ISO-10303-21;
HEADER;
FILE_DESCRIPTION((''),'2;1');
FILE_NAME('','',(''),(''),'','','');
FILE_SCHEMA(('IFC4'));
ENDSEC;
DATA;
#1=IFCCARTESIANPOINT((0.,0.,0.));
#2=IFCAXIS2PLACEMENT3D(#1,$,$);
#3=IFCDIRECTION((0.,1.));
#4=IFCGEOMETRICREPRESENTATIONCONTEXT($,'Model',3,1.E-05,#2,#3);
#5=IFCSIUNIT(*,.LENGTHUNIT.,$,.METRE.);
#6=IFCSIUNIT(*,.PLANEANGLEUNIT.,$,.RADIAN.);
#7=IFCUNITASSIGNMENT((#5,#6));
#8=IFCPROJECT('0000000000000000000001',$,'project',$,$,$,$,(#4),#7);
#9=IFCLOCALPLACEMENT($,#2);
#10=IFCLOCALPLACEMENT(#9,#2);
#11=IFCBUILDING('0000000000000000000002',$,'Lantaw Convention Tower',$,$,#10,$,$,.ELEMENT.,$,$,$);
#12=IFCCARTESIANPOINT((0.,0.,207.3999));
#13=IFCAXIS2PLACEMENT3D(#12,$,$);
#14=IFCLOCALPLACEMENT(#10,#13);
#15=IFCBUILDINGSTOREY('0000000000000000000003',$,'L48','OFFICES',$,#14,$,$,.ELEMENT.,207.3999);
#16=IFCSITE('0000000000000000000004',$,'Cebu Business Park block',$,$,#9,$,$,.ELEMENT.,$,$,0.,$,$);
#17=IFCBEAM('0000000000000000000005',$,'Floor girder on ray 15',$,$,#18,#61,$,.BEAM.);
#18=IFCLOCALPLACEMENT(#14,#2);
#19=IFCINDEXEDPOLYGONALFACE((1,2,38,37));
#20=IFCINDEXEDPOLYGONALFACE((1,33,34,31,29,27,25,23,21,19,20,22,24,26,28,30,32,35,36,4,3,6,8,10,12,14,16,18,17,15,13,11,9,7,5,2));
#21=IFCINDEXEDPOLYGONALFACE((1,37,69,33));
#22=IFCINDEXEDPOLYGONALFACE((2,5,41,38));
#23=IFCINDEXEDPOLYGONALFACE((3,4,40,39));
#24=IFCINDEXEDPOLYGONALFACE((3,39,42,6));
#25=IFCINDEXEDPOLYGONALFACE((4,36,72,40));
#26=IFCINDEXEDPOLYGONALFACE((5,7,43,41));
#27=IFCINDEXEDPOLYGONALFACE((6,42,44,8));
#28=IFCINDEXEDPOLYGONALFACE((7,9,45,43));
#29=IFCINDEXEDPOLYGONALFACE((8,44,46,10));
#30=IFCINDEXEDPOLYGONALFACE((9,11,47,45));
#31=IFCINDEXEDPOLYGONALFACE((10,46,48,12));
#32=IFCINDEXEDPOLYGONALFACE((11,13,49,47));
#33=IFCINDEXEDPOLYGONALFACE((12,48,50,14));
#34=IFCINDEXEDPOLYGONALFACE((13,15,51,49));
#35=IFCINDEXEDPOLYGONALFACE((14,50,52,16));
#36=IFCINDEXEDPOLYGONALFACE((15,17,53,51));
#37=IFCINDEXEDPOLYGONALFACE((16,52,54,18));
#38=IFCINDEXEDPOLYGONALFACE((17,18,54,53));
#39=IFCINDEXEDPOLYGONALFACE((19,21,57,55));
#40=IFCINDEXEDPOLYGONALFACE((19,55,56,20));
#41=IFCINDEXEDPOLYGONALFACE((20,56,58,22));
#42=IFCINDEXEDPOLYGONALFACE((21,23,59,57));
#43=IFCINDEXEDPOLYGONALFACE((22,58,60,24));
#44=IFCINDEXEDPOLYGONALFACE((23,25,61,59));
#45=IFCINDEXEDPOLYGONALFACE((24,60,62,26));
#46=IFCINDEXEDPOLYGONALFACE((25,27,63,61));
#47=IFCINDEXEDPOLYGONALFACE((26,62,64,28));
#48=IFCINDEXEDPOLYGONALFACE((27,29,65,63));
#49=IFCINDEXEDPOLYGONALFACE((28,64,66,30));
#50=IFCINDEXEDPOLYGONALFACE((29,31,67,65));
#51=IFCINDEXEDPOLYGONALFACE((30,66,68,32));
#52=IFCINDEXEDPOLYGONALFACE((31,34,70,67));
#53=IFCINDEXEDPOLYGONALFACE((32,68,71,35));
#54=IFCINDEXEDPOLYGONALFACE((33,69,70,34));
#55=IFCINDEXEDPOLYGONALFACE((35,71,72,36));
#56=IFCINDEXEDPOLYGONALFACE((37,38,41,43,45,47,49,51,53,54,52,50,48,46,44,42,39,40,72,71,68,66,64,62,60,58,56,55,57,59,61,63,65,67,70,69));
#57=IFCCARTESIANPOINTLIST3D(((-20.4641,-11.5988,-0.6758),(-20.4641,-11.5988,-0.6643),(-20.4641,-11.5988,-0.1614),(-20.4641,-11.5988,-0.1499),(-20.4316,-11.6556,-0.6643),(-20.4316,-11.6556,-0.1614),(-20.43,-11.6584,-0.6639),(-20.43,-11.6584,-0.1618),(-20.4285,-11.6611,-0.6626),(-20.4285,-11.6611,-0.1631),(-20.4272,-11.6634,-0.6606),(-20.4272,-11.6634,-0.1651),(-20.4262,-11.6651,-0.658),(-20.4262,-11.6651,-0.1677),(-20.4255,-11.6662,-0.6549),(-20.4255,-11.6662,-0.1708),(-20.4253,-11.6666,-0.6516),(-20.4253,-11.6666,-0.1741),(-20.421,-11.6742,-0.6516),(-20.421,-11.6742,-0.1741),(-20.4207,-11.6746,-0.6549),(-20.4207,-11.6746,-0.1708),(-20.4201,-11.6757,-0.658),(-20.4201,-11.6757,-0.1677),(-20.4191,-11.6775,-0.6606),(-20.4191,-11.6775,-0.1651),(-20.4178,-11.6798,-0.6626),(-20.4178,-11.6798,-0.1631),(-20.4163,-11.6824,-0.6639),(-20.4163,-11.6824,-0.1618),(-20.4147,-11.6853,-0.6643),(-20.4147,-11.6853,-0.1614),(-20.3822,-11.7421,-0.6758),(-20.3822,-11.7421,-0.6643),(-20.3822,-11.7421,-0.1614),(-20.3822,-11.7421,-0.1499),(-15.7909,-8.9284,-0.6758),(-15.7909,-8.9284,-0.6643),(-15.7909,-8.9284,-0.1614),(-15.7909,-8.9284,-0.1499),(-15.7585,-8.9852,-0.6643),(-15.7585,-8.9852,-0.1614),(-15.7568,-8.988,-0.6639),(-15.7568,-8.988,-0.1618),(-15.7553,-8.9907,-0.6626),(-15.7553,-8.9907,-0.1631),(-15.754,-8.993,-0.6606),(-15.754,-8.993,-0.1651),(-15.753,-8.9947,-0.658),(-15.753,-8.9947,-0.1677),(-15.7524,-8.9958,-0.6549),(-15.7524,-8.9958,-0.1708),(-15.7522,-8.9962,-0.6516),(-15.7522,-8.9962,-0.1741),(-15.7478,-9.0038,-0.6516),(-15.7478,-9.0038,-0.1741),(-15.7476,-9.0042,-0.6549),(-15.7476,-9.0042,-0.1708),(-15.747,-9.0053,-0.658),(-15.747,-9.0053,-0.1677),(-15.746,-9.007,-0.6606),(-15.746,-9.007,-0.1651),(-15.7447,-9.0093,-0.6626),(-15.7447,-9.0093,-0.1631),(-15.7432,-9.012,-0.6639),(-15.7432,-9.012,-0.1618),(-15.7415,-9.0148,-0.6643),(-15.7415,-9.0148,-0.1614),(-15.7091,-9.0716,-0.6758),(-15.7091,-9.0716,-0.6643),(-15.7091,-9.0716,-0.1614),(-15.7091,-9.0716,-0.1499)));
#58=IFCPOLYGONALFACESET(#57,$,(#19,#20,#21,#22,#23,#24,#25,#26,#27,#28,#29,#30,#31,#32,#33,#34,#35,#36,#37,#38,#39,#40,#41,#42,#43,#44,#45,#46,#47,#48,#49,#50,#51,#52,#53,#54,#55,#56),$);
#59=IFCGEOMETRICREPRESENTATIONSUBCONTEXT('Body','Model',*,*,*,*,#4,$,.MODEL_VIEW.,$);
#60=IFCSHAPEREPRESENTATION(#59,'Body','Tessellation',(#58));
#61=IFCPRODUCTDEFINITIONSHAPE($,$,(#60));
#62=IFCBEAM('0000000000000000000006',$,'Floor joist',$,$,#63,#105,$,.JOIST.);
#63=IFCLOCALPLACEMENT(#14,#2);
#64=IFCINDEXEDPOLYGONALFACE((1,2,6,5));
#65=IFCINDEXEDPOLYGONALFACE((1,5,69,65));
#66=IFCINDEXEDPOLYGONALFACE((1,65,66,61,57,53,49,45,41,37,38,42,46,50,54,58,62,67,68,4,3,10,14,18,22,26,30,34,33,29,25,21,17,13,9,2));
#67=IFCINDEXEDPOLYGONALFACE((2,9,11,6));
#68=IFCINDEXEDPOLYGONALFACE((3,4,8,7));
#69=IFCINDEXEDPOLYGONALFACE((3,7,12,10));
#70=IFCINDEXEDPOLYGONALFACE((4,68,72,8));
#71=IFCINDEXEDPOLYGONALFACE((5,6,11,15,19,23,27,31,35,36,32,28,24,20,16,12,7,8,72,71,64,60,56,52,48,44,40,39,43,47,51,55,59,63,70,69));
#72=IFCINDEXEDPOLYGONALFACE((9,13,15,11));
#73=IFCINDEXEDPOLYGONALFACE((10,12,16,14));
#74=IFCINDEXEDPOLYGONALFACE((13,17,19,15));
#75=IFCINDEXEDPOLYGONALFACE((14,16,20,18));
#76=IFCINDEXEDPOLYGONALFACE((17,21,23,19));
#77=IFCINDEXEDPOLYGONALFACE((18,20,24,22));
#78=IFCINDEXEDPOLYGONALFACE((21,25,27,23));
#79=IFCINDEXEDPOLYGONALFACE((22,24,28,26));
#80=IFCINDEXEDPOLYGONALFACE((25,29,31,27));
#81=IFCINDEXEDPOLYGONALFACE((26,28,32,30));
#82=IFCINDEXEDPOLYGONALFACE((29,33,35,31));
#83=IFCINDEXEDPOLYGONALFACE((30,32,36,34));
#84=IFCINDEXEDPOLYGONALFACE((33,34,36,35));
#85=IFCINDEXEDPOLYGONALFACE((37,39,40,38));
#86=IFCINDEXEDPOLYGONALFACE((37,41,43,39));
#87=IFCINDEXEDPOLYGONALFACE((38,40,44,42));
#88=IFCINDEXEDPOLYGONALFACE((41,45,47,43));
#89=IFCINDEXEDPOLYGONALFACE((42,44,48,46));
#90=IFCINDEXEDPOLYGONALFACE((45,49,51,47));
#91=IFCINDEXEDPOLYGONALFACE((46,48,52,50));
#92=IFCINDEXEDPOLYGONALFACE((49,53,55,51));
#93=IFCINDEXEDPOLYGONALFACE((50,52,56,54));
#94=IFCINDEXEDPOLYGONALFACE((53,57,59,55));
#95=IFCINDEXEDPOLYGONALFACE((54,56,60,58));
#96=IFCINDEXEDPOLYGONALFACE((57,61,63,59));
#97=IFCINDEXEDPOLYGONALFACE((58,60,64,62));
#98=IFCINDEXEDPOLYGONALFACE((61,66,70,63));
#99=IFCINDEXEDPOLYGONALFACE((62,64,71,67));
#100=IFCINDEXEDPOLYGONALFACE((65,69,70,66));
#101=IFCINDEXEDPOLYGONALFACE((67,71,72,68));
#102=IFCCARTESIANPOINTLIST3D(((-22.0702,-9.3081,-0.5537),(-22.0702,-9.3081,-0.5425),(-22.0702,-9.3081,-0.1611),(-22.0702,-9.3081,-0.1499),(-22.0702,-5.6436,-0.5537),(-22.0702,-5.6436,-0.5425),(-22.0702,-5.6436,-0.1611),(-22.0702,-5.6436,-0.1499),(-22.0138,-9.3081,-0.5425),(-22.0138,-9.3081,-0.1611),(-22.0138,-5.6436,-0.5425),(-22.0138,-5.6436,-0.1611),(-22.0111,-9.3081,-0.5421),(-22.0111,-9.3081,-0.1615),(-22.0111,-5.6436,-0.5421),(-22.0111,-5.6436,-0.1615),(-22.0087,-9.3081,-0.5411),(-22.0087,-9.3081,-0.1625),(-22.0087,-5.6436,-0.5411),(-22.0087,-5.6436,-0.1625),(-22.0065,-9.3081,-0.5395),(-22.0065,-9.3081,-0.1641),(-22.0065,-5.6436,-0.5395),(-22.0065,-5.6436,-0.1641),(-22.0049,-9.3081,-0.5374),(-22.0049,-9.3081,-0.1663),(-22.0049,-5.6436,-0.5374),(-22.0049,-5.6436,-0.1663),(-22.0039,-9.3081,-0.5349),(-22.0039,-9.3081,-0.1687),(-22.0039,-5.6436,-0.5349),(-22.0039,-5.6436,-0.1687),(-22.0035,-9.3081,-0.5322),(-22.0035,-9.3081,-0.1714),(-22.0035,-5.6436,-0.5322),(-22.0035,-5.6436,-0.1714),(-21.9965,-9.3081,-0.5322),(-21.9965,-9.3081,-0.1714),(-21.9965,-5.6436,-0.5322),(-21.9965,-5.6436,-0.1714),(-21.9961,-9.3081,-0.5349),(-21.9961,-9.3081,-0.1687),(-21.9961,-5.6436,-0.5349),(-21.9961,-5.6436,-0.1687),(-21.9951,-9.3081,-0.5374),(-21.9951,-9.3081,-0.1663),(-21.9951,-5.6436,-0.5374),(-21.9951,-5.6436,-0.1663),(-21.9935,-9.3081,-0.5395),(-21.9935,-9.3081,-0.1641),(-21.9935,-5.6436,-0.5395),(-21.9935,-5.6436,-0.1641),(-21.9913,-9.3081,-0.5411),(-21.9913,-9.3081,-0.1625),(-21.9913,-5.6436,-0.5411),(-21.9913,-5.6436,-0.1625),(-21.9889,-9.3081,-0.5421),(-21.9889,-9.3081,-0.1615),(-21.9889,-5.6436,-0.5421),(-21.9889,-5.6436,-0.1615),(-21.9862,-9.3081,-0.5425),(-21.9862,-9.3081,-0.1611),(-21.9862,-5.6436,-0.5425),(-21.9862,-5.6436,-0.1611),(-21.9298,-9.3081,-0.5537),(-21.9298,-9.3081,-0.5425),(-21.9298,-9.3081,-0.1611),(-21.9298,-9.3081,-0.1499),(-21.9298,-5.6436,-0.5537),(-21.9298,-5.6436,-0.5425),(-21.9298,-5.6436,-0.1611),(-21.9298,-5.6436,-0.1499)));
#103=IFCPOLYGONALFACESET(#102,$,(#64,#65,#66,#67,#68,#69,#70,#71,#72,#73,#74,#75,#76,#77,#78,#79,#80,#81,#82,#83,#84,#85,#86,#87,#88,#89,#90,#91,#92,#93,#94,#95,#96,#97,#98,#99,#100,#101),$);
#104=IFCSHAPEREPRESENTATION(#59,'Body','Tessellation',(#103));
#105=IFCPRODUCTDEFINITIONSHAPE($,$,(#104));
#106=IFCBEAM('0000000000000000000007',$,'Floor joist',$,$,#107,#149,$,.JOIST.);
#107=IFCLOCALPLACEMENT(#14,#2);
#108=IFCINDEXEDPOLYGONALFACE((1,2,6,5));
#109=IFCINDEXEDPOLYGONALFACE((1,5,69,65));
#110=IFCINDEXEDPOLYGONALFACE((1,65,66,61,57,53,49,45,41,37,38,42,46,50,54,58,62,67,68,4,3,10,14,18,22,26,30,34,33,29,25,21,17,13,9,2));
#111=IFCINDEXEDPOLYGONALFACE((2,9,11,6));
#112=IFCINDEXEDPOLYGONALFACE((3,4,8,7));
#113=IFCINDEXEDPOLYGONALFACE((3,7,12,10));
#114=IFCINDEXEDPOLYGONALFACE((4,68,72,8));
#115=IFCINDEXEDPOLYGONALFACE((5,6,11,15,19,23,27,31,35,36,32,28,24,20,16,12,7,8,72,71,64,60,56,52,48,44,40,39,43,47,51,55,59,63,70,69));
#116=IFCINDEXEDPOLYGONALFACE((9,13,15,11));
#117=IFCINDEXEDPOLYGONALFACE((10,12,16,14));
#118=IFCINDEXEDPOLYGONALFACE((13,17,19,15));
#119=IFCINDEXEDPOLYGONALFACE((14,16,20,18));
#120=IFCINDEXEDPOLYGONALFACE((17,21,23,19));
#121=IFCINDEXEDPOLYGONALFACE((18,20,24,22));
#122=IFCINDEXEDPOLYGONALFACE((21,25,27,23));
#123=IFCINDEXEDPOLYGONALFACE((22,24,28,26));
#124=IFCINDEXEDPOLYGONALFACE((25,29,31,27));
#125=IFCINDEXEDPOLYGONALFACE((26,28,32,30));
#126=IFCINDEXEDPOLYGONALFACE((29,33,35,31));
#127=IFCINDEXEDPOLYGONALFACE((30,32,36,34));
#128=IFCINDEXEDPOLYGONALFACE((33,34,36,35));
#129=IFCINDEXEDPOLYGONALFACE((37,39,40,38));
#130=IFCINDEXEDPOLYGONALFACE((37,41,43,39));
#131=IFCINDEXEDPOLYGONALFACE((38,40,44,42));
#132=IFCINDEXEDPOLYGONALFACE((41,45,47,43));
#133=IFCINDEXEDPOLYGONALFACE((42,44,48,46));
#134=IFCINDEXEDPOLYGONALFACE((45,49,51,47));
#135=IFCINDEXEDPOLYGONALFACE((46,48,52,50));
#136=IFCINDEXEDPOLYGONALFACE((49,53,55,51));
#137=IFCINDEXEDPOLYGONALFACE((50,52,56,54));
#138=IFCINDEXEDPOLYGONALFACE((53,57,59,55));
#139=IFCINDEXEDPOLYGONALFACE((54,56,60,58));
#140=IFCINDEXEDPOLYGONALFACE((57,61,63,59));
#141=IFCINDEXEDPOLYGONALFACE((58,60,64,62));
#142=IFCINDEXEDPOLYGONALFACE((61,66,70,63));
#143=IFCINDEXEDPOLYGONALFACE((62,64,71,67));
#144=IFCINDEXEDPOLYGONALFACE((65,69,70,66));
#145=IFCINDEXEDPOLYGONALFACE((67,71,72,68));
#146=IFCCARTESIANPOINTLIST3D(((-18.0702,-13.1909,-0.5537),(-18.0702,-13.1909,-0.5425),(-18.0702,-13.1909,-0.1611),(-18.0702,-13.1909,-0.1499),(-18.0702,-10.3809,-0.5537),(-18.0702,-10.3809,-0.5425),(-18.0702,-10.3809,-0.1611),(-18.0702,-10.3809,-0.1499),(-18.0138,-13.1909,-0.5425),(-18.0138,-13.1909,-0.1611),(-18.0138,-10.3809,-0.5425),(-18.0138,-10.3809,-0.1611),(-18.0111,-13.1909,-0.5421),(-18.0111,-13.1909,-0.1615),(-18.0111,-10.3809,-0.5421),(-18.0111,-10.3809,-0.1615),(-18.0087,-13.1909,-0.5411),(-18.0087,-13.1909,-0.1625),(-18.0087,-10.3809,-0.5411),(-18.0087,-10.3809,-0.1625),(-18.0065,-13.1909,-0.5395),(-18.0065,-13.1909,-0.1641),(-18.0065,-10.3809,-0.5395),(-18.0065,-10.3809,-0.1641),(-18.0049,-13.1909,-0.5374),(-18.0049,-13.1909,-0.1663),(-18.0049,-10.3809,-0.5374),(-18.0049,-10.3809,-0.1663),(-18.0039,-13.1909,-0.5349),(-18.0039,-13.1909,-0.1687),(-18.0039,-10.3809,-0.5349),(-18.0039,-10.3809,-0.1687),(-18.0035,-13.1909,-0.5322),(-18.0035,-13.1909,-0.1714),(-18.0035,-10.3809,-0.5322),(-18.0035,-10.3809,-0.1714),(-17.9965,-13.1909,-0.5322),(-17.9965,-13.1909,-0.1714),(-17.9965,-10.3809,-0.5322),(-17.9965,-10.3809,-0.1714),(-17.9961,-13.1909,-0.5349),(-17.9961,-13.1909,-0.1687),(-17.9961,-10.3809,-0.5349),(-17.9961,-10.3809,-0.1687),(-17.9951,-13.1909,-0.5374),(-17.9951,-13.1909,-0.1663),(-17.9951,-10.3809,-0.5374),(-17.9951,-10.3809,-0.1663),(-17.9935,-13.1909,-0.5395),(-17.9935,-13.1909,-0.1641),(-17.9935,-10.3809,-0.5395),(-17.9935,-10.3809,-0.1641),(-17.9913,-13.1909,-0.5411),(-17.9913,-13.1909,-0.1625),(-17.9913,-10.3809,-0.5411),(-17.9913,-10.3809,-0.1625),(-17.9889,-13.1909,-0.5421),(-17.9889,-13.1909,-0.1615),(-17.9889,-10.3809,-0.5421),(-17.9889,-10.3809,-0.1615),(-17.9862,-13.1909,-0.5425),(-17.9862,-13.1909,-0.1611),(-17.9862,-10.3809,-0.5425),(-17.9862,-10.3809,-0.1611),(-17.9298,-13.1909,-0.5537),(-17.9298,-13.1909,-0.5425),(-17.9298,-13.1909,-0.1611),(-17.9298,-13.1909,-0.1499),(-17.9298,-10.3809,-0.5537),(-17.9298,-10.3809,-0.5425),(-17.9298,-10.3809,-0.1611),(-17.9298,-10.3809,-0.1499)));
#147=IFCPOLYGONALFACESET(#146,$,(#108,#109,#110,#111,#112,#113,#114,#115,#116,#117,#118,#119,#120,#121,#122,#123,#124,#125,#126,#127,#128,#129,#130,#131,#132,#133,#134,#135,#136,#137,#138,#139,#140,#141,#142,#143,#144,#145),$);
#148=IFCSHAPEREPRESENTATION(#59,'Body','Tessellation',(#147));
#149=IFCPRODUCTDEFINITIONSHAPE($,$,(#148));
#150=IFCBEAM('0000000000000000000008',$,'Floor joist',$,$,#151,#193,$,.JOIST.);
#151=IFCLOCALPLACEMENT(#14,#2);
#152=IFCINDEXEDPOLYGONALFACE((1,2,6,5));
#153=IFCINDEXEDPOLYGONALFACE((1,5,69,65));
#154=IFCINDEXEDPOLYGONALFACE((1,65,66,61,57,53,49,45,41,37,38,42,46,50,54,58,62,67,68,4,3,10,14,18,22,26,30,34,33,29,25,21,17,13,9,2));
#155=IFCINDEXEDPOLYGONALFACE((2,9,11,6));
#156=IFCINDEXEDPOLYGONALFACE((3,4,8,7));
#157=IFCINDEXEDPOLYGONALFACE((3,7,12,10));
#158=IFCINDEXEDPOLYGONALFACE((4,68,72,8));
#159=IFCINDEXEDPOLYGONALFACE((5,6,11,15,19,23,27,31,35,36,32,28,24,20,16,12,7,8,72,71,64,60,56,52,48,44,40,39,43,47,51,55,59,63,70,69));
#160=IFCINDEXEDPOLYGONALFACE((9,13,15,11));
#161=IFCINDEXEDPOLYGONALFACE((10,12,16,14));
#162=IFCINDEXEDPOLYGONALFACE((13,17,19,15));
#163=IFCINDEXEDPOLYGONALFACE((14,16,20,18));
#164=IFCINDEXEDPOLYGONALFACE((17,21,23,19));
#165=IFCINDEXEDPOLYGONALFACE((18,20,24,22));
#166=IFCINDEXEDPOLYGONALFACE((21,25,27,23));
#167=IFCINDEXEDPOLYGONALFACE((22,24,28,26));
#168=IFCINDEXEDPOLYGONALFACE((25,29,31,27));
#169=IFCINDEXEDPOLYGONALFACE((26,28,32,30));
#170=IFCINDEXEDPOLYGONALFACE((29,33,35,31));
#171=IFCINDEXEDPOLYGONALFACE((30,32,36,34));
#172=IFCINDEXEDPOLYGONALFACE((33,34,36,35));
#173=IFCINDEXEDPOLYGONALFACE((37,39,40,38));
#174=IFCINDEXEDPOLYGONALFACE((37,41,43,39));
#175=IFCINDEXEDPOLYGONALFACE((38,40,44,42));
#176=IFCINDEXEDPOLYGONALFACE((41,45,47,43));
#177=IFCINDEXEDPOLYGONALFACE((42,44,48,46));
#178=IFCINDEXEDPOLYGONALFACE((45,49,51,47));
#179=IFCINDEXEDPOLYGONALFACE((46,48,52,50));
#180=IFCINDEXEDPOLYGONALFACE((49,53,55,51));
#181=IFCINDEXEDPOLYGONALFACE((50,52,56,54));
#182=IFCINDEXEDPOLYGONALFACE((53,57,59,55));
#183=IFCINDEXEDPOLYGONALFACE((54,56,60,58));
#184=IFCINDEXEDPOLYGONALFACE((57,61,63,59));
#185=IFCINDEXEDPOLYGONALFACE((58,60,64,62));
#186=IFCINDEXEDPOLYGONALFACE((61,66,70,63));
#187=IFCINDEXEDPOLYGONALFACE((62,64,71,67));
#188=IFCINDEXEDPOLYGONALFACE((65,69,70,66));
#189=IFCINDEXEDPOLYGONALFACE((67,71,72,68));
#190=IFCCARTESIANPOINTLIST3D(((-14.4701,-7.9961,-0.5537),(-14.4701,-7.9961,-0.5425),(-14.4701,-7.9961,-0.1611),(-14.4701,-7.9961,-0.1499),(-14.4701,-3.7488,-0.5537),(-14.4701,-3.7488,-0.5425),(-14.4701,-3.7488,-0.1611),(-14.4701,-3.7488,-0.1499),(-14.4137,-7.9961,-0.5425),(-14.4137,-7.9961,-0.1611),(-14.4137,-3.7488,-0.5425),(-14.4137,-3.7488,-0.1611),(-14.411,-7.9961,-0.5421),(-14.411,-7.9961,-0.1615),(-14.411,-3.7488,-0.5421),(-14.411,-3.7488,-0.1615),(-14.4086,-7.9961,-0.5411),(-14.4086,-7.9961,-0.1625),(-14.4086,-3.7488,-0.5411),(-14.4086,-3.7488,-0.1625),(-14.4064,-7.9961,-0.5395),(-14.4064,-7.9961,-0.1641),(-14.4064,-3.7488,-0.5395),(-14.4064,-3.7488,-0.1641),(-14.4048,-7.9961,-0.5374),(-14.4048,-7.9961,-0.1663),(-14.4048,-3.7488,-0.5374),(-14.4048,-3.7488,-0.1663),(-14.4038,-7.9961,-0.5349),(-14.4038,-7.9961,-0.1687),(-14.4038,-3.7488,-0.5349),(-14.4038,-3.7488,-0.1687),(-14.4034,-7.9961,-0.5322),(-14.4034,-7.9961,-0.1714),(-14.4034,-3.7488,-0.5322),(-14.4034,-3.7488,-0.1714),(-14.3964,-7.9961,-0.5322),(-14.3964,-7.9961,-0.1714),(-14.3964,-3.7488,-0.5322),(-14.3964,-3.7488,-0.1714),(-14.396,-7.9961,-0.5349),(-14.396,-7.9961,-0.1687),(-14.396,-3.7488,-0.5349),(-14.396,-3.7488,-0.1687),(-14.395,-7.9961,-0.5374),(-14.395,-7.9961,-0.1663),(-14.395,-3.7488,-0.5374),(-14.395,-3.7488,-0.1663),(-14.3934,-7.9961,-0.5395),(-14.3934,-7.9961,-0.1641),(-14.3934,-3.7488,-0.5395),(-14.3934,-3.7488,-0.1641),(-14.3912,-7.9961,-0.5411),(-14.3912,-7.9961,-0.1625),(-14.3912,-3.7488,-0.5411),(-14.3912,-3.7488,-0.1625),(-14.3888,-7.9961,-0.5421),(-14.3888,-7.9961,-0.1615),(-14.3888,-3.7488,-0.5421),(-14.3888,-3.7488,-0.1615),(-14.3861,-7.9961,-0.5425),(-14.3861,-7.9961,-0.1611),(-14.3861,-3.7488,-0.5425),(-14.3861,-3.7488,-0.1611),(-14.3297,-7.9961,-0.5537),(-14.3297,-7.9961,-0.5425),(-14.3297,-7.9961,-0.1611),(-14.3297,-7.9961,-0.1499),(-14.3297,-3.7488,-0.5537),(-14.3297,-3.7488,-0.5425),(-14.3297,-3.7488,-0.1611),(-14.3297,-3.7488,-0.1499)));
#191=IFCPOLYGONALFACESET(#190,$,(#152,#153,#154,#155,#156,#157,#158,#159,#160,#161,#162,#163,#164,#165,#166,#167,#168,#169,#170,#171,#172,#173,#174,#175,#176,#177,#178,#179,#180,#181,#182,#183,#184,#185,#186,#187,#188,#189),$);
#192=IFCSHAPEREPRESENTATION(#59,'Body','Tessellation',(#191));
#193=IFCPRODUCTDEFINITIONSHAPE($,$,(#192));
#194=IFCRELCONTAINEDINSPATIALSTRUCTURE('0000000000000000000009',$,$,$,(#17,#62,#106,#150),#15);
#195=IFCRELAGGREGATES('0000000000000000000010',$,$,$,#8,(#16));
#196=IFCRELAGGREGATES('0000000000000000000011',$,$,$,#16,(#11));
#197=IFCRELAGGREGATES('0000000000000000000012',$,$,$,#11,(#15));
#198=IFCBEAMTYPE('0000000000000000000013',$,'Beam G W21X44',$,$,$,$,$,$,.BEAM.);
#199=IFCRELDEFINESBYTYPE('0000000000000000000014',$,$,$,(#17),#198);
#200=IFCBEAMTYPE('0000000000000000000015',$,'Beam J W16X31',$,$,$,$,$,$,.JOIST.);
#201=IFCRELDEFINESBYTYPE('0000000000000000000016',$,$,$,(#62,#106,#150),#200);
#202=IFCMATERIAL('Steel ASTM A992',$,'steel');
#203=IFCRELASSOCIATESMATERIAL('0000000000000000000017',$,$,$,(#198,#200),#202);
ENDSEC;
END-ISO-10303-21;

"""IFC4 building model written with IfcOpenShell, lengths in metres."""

from ifc_helpers import new_model, si_unit, direction, frame, origin, origin_2d, place, context, subcontext, project, spatial, i_section, extrude, material, material_profile, profile_set, type_object, element, save


model = new_model("IFC4")

# Units and contexts
model_context = context("Model", 3, precision=1e-05, world=origin(), true_north=direction((0.0, 1.0)))
body_context = subcontext(model_context, "Body", "Model", "MODEL_VIEW")
ifc_project = project(units=[si_unit("LENGTHUNIT", "METRE"), si_unit("PLANEANGLEUNIT", "RADIAN")], contexts=[model_context])

# Site, building, storey
site_placement = place(None, origin())
site = spatial("IfcSite", under=ifc_project, at=site_placement, Name="Cebu Business Park block", CompositionType="ELEMENT", RefElevation=0.0)
building_placement = place(site_placement, origin())
building = spatial("IfcBuilding", under=site, at=building_placement, Name="Lantaw Convention Tower", CompositionType="ELEMENT")
storey_placement = place(building_placement, frame((0.0, 0.0, 207.3999)))
storey = spatial("IfcBuildingStorey", under=building, at=storey_placement, Name="L48", Description="OFFICES", CompositionType="ELEMENT", Elevation=207.3999)

# Beams
ifc_material_1 = material(Name="Steel ASTM A992", Category="steel")
ifc_material_profile_1 = material_profile(ifc_material_1, i_section(OverallWidth=0.165, OverallDepth=0.5259, WebThickness=0.0088, FlangeThickness=0.0115, FilletRadius=0.0127, at=origin_2d()), Name="W21X44")
ifc_profile_set_1 = profile_set([ifc_material_profile_1], Name="Steel ASTM A992")
beam_type_1 = type_object("IfcBeamType", Name="Beam G W21X44", PredefinedType="BEAM", material=ifc_profile_set_1)
beam_1_placement = place(storey_placement, frame((-15.75, -9.0, -0.4128), z_axis=(-0.868238, -0.496149, 0.0), x_axis=(0.496149, -0.868238, 0.0)))
element("IfcBeam", 1, at=beam_1_placement, inside=storey, type_object=beam_type_1, Name="Floor girder on ray 15", PredefinedType="BEAM", context=body_context, shape_type="SweptSolid", body=[
    extrude(i_section(OverallWidth=0.165, OverallDepth=0.5259, WebThickness=0.0088, FlangeThickness=0.0115, FilletRadius=0.0127, at=origin_2d()), origin(), (0.0, 0.0, 1.0), 5.3823),
])
ifc_material_profile_2 = material_profile(ifc_material_1, i_section(OverallWidth=0.1404, OverallDepth=0.4038, WebThickness=0.0071, FlangeThickness=0.0112, FilletRadius=0.0103, at=origin_2d()), Name="W16X31")
ifc_profile_set_2 = profile_set([ifc_material_profile_2], Name="Steel ASTM A992")
beam_type_2 = type_object("IfcBeamType", Name="Beam J W16X31", PredefinedType="JOIST", material=ifc_profile_set_2)
beam_2_placement = place(storey_placement, frame((-22.0, -9.3081, -0.3518), z_axis=(0.0, 1.0, 0.0), x_axis=(-1.0, 0.0, 0.0)))
element("IfcBeam", 2, at=beam_2_placement, inside=storey, type_object=beam_type_2, Name="Floor joist", PredefinedType="JOIST", context=body_context, shape_type="SweptSolid", body=[
    extrude(i_section(OverallWidth=0.1404, OverallDepth=0.4038, WebThickness=0.0071, FlangeThickness=0.0112, FilletRadius=0.0103, at=origin_2d()), origin(), (0.0, 0.0, 1.0), 3.6646),
])
beam_3_placement = place(storey_placement, frame((-18.0, -13.1909, -0.3518), z_axis=(0.0, 1.0, 0.0), x_axis=(-1.0, 0.0, 0.0)))
element("IfcBeam", 3, at=beam_3_placement, inside=storey, type_object=beam_type_2, Name="Floor joist", PredefinedType="JOIST", context=body_context, shape_type="SweptSolid", body=[
    extrude(i_section(OverallWidth=0.1404, OverallDepth=0.4038, WebThickness=0.0071, FlangeThickness=0.0112, FilletRadius=0.0103, at=origin_2d()), origin(), (0.0, 0.0, 1.0), 2.8101),
])
beam_4_placement = place(storey_placement, frame((-14.3999, -7.9961, -0.3518), z_axis=(0.0, 1.0, 0.0), x_axis=(-1.0, 0.0, 0.0)))
element("IfcBeam", 4, at=beam_4_placement, inside=storey, type_object=beam_type_2, Name="Floor joist", PredefinedType="JOIST", context=body_context, shape_type="SweptSolid", body=[
    extrude(i_section(OverallWidth=0.1404, OverallDepth=0.4038, WebThickness=0.0071, FlangeThickness=0.0112, FilletRadius=0.0103, at=origin_2d()), origin(), (0.0, 0.0, 1.0), 4.2473),
])

save(model, "model.ifc")
